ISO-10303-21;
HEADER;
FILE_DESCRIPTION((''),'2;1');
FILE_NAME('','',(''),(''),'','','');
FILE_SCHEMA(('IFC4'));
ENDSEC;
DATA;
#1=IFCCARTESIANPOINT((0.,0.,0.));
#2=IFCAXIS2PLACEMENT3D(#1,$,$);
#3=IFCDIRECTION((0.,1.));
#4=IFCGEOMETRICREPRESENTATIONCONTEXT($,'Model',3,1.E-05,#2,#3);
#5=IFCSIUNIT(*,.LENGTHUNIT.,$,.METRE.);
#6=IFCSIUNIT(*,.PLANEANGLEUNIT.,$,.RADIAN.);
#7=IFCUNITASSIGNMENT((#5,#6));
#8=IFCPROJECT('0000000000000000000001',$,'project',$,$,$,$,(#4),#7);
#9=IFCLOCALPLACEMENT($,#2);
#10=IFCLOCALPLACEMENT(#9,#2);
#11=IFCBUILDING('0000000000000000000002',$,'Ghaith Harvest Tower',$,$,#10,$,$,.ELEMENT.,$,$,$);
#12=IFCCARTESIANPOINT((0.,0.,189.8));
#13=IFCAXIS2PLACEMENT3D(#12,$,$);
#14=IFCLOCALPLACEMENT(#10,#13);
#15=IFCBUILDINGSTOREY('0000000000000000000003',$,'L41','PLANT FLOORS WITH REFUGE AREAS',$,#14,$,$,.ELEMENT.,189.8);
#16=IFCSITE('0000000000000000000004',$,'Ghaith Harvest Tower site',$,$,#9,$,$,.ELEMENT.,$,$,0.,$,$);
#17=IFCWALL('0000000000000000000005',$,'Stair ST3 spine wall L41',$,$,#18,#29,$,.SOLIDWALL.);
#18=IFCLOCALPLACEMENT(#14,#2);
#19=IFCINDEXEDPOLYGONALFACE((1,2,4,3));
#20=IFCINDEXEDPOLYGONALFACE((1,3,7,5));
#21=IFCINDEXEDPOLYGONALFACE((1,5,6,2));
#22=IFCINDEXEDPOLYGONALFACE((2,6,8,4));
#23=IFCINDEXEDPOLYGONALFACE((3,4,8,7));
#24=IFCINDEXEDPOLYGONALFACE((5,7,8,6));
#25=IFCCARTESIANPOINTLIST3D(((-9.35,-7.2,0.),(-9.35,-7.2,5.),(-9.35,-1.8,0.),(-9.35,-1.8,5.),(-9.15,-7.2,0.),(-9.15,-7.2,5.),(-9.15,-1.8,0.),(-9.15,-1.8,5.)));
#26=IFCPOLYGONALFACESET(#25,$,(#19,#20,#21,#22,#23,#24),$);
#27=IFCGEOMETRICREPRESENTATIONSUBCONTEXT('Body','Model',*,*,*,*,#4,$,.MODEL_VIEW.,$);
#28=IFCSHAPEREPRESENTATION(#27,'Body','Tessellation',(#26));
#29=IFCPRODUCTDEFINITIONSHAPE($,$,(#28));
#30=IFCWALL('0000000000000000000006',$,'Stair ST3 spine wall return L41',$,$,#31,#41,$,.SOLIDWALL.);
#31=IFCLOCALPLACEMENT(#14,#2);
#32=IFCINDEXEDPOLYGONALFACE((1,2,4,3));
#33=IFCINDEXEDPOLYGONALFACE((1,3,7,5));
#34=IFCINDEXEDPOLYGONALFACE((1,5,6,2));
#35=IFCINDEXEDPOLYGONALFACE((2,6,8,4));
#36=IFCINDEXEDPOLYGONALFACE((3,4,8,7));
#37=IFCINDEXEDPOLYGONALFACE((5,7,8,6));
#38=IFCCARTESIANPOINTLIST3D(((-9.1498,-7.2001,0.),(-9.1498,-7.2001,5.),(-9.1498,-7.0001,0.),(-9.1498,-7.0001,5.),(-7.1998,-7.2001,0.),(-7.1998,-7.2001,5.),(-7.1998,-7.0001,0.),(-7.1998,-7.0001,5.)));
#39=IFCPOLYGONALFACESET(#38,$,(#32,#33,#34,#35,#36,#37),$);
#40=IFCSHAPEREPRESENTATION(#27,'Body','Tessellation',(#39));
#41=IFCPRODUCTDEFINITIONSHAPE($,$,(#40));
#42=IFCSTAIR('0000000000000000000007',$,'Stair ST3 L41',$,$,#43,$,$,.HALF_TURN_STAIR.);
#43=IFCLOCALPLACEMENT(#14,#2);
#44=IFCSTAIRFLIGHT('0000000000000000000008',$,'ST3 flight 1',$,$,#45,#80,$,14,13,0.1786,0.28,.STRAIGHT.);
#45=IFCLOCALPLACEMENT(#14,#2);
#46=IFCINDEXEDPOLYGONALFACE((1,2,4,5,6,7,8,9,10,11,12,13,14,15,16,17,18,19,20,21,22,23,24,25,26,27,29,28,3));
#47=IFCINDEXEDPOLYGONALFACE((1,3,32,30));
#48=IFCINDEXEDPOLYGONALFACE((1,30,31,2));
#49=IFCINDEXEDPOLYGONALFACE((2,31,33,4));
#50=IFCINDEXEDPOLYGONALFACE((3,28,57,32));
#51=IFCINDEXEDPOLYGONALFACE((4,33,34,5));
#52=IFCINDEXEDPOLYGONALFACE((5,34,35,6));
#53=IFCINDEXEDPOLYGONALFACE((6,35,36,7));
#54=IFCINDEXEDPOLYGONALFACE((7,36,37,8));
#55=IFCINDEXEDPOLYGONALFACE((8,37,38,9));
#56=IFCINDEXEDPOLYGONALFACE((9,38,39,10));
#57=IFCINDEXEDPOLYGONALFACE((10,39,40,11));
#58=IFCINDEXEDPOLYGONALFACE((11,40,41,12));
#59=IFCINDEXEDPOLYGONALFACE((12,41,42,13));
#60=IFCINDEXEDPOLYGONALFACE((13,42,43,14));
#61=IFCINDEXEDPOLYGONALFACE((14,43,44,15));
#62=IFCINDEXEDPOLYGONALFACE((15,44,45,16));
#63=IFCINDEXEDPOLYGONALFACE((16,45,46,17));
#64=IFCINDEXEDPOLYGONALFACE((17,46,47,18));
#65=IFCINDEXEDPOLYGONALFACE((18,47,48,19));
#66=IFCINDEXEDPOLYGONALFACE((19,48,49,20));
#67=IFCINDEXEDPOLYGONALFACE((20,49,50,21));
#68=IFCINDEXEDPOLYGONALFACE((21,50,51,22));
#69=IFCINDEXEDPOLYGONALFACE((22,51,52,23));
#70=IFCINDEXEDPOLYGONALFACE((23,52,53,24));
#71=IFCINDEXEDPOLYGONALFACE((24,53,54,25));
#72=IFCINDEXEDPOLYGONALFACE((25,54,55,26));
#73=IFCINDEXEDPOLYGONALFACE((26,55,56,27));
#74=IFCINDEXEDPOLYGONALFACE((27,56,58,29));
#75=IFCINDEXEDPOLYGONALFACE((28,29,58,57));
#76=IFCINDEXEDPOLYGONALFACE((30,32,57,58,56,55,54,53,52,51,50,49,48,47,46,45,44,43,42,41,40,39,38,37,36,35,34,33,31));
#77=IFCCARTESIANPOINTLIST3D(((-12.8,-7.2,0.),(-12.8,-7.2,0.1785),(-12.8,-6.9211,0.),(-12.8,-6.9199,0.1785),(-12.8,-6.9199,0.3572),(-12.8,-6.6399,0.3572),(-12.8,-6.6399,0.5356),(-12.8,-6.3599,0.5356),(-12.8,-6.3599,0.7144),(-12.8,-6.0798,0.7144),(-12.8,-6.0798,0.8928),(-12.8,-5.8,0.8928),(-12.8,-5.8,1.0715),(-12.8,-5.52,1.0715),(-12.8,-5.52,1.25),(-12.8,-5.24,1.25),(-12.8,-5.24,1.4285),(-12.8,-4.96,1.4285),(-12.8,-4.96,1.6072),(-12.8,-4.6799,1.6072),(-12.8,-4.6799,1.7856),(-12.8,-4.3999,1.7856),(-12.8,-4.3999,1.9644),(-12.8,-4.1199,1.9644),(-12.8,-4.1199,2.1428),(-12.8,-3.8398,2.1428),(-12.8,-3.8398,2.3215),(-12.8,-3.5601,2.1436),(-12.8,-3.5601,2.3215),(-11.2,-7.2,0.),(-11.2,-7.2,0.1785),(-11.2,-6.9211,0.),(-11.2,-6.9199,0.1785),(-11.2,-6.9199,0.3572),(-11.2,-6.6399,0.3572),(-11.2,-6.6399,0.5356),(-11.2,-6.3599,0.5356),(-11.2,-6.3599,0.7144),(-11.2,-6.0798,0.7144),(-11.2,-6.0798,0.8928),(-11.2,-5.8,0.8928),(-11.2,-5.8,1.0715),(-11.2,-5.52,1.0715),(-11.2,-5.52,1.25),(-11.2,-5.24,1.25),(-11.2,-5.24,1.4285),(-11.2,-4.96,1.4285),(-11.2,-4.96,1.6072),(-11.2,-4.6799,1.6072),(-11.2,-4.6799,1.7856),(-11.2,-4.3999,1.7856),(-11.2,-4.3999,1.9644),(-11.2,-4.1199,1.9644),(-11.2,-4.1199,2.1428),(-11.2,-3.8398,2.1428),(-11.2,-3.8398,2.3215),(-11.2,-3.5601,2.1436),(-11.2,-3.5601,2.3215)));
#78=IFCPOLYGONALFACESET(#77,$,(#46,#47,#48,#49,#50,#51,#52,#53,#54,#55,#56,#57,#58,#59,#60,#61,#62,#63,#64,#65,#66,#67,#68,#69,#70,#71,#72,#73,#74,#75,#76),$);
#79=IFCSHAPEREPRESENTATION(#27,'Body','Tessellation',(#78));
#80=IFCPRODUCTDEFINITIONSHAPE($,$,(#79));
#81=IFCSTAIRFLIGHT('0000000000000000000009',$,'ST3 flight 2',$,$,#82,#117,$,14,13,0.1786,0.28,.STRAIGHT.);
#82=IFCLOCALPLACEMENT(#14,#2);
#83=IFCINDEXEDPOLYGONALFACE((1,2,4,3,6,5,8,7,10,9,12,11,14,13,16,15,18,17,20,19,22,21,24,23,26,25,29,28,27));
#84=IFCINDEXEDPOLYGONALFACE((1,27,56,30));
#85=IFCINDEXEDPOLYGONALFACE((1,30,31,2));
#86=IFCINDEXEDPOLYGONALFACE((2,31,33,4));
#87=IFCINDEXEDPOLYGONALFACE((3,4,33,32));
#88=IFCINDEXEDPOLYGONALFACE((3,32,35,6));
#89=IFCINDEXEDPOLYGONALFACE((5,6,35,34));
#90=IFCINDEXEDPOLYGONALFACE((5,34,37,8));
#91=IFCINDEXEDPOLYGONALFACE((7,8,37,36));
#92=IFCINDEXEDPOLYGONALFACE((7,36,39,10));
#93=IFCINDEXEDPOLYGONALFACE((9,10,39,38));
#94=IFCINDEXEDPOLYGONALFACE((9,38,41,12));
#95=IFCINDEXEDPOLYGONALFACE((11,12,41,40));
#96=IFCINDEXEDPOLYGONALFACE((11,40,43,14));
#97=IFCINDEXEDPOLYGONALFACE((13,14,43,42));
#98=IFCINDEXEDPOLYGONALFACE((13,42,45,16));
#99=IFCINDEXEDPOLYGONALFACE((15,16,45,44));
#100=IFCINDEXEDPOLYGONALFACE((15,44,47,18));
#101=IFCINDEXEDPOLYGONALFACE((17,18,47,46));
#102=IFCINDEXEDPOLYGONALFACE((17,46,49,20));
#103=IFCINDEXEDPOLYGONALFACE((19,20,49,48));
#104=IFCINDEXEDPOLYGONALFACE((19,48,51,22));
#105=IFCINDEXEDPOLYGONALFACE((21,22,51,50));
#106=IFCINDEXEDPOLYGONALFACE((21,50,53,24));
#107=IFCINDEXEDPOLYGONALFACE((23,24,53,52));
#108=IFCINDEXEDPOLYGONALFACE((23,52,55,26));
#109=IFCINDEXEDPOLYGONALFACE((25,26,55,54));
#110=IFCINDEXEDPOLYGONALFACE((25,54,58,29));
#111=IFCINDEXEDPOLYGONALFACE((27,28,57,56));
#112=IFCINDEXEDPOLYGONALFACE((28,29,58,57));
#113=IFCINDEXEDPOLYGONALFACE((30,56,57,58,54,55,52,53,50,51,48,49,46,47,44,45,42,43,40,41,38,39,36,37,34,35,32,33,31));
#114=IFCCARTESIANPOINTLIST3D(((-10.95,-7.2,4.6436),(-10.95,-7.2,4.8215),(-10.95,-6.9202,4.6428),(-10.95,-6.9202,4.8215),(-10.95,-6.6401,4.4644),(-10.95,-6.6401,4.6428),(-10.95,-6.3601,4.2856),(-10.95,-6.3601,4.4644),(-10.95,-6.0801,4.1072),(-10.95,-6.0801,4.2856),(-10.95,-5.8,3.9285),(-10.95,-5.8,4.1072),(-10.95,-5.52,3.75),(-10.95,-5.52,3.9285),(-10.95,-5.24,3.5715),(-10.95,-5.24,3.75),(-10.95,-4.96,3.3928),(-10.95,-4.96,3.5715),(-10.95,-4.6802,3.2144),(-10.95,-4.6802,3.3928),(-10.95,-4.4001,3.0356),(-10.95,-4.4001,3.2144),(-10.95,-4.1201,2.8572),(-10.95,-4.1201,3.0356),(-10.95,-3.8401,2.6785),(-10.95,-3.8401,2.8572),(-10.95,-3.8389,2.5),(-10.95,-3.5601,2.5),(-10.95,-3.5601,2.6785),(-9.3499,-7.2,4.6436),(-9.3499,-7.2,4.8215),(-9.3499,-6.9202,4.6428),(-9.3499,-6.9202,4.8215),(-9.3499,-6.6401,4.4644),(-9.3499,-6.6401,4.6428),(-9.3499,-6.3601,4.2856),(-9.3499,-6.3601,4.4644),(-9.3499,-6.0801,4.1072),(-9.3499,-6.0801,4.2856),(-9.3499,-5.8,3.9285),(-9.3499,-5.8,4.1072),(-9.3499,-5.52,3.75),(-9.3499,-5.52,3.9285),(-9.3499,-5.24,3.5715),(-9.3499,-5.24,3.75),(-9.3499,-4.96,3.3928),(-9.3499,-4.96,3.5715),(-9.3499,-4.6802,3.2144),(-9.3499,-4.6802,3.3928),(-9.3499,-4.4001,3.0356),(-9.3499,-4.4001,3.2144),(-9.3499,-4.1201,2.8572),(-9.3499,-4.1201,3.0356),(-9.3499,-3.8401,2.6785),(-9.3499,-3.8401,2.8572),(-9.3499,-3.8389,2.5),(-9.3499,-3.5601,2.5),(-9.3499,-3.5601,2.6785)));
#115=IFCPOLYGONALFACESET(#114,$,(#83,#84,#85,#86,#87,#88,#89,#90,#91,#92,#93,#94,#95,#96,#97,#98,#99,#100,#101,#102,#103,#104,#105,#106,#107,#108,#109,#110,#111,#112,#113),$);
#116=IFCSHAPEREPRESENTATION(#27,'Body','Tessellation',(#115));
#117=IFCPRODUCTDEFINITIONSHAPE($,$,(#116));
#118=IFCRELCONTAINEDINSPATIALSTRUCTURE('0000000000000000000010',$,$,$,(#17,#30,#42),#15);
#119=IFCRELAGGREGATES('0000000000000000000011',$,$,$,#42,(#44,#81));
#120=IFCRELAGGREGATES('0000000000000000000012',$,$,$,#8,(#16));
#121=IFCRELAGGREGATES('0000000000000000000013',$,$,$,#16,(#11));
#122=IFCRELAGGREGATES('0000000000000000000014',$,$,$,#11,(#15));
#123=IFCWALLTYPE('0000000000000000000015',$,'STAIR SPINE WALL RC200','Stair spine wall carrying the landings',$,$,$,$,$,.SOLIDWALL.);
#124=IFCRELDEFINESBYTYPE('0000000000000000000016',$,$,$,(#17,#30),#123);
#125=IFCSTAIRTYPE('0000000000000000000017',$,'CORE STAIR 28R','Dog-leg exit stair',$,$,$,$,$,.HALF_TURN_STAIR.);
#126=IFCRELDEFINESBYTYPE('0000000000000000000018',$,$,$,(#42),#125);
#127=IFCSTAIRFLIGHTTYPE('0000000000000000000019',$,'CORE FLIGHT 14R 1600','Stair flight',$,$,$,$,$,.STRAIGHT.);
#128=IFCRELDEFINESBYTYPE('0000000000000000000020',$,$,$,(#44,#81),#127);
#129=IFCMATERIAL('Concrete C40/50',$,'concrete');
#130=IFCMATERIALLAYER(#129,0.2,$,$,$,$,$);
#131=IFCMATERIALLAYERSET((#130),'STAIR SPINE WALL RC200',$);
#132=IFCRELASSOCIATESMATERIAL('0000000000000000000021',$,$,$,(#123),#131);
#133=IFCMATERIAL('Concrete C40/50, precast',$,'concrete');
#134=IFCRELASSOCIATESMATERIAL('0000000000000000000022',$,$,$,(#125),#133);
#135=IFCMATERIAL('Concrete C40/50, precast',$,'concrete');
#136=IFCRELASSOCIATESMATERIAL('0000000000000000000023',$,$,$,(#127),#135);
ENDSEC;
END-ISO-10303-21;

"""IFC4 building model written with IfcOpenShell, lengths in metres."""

from ifc_helpers import new_model, si_unit, direction, frame, frame_2d, origin, place, context, subcontext, project, spatial, polyline, rectangle, outline, extrude, material, layer, layer_set, type_object, element, aggregate, save


model = new_model("IFC4")

# Units and contexts
model_context = context("Model", 3, precision=1e-05, world=origin(), true_north=direction((0.0, 1.0)))
body_context = subcontext(model_context, "Body", "Model", "MODEL_VIEW")
ifc_project = project(units=[si_unit("LENGTHUNIT", "METRE"), si_unit("PLANEANGLEUNIT", "RADIAN")], contexts=[model_context])

# Site, building, storey
site_placement = place(None, origin())
site = spatial("IfcSite", under=ifc_project, at=site_placement, Name="Ghaith Harvest Tower site", CompositionType="ELEMENT", RefElevation=0.0)
building_placement = place(site_placement, origin())
building = spatial("IfcBuilding", under=site, at=building_placement, Name="Ghaith Harvest Tower", CompositionType="ELEMENT")
storey_placement = place(building_placement, frame((0.0, 0.0, 189.8)))
storey = spatial("IfcBuildingStorey", under=building, at=storey_placement, Name="L41", Description="PLANT FLOORS WITH REFUGE AREAS", CompositionType="ELEMENT", Elevation=189.8)

# Walls
ifc_material_1 = material(Name="Concrete C40/50", Category="concrete")
ifc_layer_1 = layer(ifc_material_1, 0.2)
ifc_layer_set_1 = layer_set([ifc_layer_1], Name="STAIR SPINE WALL RC200")
wall_type_1 = type_object("IfcWallType", Name="STAIR SPINE WALL RC200", Description="Stair spine wall carrying the landings", PredefinedType="SOLIDWALL", material=ifc_layer_set_1)
wall_1_placement = place(storey_placement, frame((-9.25, -7.2, 0.0), z_axis=(0.0, 0.0, 1.0), x_axis=(0.0, 1.0, 0.0)))
element("IfcWall", 1, at=wall_1_placement, inside=storey, type_object=wall_type_1, Name="Stair ST3 spine wall L41", PredefinedType="SOLIDWALL", context=body_context, shape_type="SweptSolid", body=[
    extrude(rectangle(XDim=5.3999, YDim=0.2, at=frame_2d((2.7, 0.0))), origin(), (0.0, 0.0, 1.0), 5.0),
])
wall_2_placement = place(storey_placement, frame((-9.1499, -7.1001, 0.0), z_axis=(0.0, 0.0, 1.0), x_axis=(1.0, 0.0, 0.0)))
element("IfcWall", 2, at=wall_2_placement, inside=storey, type_object=wall_type_1, Name="Stair ST3 spine wall return L41", PredefinedType="SOLIDWALL", context=body_context, shape_type="SweptSolid", body=[
    extrude(rectangle(XDim=1.95, YDim=0.2, at=frame_2d((0.9751, 0.0))), origin(), (0.0, 0.0, 1.0), 5.0),
])

# Stair, stair flights
ifc_material_2 = material(Name="Concrete C40/50, precast", Category="concrete")
stair_type = type_object("IfcStairType", Name="CORE STAIR 28R", Description="Dog-leg exit stair", PredefinedType="HALF_TURN_STAIR", material=ifc_material_2)
stair_placement = place(storey_placement, origin())
stair = element("IfcStair", 3, at=stair_placement, inside=storey, type_object=stair_type, Name="Stair ST3 L41", PredefinedType="HALF_TURN_STAIR")
ifc_material_3 = material(Name="Concrete C40/50, precast", Category="concrete")
stair_flight_type = type_object("IfcStairFlightType", Name="CORE FLIGHT 14R 1600", Description="Stair flight", PredefinedType="STRAIGHT", material=ifc_material_3)
stair_flight_1_placement = place(storey_placement, frame((-12.0, -7.2, 0.0), z_axis=(0.0, 0.0, 1.0), x_axis=(0.0, 1.0, 0.0)))
stair_flight_1 = element("IfcStairFlight", 4, at=stair_flight_1_placement, type_object=stair_flight_type, Name="ST3 flight 1", NumberOfRisers=14, NumberOfTreads=13, PredefinedType="STRAIGHT", RiserHeight=0.1786, TreadLength=0.28, context=body_context, shape_type="SweptSolid", body=[
    extrude(outline(polyline([(0.0, 0.0), (0.0, 0.1785), (0.28, 0.1785), (0.28, 0.3572), (0.5601, 0.3572), (0.5601, 0.5356), (0.8401, 0.5356), (0.8401, 0.7144), (1.1201, 0.7144), (1.1201, 0.8928), (1.3999, 0.8928), (1.3999, 1.0715), (1.6799, 1.0715), (1.6799, 1.25), (1.96, 1.25), (1.96, 1.4285), (2.24, 1.4285), (2.24, 1.6072), (2.52, 1.6072), (2.52, 1.7856), (2.8, 1.7856), (2.8, 1.9644), (3.0801, 1.9644), (3.0801, 2.1428), (3.3601, 2.1428), (3.3601, 2.3215), (3.6399, 2.3215), (3.6399, 2.5), (3.6399, 2.1436), (0.2788, 0.0), (0.0, 0.0)])), frame((0.0, 0.8, 0.0), z_axis=(0.0, -1.0, 0.0), x_axis=(1.0, 0.0, 0.0)), (0.0, 0.0, 1.0), 1.6001),
])
stair_flight_2_placement = place(storey_placement, frame((-10.1499, -3.5601, 2.5), z_axis=(0.0, 0.0, 1.0), x_axis=(0.0, -1.0, 0.0)))
stair_flight_2 = element("IfcStairFlight", 5, at=stair_flight_2_placement, type_object=stair_flight_type, Name="ST3 flight 2", NumberOfRisers=14, NumberOfTreads=13, PredefinedType="STRAIGHT", RiserHeight=0.1786, TreadLength=0.28, context=body_context, shape_type="SweptSolid", body=[
    extrude(outline(polyline([(0.0, 0.0), (0.0, 0.1785), (0.28, 0.1785), (0.28, 0.3572), (0.5601, 0.3572), (0.5601, 0.5356), (0.8401, 0.5356), (0.8401, 0.7144), (1.1201, 0.7144), (1.1201, 0.8928), (1.3999, 0.8928), (1.3999, 1.0715), (1.6799, 1.0715), (1.6799, 1.25), (1.96, 1.25), (1.96, 1.4285), (2.24, 1.4285), (2.24, 1.6072), (2.52, 1.6072), (2.52, 1.7856), (2.8, 1.7856), (2.8, 1.9644), (3.0801, 1.9644), (3.0801, 2.1428), (3.3601, 2.1428), (3.3601, 2.3215), (3.6399, 2.3215), (3.6399, 2.5), (3.6399, 2.1436), (0.2788, 0.0), (0.0, 0.0)])), frame((0.0, 0.8, 0.0), z_axis=(0.0, -1.0, 0.0), x_axis=(1.0, 0.0, 0.0)), (0.0, 0.0, 1.0), 1.6001),
])
aggregate(stair, [stair_flight_1, stair_flight_2])

save(model, "model.ifc")
